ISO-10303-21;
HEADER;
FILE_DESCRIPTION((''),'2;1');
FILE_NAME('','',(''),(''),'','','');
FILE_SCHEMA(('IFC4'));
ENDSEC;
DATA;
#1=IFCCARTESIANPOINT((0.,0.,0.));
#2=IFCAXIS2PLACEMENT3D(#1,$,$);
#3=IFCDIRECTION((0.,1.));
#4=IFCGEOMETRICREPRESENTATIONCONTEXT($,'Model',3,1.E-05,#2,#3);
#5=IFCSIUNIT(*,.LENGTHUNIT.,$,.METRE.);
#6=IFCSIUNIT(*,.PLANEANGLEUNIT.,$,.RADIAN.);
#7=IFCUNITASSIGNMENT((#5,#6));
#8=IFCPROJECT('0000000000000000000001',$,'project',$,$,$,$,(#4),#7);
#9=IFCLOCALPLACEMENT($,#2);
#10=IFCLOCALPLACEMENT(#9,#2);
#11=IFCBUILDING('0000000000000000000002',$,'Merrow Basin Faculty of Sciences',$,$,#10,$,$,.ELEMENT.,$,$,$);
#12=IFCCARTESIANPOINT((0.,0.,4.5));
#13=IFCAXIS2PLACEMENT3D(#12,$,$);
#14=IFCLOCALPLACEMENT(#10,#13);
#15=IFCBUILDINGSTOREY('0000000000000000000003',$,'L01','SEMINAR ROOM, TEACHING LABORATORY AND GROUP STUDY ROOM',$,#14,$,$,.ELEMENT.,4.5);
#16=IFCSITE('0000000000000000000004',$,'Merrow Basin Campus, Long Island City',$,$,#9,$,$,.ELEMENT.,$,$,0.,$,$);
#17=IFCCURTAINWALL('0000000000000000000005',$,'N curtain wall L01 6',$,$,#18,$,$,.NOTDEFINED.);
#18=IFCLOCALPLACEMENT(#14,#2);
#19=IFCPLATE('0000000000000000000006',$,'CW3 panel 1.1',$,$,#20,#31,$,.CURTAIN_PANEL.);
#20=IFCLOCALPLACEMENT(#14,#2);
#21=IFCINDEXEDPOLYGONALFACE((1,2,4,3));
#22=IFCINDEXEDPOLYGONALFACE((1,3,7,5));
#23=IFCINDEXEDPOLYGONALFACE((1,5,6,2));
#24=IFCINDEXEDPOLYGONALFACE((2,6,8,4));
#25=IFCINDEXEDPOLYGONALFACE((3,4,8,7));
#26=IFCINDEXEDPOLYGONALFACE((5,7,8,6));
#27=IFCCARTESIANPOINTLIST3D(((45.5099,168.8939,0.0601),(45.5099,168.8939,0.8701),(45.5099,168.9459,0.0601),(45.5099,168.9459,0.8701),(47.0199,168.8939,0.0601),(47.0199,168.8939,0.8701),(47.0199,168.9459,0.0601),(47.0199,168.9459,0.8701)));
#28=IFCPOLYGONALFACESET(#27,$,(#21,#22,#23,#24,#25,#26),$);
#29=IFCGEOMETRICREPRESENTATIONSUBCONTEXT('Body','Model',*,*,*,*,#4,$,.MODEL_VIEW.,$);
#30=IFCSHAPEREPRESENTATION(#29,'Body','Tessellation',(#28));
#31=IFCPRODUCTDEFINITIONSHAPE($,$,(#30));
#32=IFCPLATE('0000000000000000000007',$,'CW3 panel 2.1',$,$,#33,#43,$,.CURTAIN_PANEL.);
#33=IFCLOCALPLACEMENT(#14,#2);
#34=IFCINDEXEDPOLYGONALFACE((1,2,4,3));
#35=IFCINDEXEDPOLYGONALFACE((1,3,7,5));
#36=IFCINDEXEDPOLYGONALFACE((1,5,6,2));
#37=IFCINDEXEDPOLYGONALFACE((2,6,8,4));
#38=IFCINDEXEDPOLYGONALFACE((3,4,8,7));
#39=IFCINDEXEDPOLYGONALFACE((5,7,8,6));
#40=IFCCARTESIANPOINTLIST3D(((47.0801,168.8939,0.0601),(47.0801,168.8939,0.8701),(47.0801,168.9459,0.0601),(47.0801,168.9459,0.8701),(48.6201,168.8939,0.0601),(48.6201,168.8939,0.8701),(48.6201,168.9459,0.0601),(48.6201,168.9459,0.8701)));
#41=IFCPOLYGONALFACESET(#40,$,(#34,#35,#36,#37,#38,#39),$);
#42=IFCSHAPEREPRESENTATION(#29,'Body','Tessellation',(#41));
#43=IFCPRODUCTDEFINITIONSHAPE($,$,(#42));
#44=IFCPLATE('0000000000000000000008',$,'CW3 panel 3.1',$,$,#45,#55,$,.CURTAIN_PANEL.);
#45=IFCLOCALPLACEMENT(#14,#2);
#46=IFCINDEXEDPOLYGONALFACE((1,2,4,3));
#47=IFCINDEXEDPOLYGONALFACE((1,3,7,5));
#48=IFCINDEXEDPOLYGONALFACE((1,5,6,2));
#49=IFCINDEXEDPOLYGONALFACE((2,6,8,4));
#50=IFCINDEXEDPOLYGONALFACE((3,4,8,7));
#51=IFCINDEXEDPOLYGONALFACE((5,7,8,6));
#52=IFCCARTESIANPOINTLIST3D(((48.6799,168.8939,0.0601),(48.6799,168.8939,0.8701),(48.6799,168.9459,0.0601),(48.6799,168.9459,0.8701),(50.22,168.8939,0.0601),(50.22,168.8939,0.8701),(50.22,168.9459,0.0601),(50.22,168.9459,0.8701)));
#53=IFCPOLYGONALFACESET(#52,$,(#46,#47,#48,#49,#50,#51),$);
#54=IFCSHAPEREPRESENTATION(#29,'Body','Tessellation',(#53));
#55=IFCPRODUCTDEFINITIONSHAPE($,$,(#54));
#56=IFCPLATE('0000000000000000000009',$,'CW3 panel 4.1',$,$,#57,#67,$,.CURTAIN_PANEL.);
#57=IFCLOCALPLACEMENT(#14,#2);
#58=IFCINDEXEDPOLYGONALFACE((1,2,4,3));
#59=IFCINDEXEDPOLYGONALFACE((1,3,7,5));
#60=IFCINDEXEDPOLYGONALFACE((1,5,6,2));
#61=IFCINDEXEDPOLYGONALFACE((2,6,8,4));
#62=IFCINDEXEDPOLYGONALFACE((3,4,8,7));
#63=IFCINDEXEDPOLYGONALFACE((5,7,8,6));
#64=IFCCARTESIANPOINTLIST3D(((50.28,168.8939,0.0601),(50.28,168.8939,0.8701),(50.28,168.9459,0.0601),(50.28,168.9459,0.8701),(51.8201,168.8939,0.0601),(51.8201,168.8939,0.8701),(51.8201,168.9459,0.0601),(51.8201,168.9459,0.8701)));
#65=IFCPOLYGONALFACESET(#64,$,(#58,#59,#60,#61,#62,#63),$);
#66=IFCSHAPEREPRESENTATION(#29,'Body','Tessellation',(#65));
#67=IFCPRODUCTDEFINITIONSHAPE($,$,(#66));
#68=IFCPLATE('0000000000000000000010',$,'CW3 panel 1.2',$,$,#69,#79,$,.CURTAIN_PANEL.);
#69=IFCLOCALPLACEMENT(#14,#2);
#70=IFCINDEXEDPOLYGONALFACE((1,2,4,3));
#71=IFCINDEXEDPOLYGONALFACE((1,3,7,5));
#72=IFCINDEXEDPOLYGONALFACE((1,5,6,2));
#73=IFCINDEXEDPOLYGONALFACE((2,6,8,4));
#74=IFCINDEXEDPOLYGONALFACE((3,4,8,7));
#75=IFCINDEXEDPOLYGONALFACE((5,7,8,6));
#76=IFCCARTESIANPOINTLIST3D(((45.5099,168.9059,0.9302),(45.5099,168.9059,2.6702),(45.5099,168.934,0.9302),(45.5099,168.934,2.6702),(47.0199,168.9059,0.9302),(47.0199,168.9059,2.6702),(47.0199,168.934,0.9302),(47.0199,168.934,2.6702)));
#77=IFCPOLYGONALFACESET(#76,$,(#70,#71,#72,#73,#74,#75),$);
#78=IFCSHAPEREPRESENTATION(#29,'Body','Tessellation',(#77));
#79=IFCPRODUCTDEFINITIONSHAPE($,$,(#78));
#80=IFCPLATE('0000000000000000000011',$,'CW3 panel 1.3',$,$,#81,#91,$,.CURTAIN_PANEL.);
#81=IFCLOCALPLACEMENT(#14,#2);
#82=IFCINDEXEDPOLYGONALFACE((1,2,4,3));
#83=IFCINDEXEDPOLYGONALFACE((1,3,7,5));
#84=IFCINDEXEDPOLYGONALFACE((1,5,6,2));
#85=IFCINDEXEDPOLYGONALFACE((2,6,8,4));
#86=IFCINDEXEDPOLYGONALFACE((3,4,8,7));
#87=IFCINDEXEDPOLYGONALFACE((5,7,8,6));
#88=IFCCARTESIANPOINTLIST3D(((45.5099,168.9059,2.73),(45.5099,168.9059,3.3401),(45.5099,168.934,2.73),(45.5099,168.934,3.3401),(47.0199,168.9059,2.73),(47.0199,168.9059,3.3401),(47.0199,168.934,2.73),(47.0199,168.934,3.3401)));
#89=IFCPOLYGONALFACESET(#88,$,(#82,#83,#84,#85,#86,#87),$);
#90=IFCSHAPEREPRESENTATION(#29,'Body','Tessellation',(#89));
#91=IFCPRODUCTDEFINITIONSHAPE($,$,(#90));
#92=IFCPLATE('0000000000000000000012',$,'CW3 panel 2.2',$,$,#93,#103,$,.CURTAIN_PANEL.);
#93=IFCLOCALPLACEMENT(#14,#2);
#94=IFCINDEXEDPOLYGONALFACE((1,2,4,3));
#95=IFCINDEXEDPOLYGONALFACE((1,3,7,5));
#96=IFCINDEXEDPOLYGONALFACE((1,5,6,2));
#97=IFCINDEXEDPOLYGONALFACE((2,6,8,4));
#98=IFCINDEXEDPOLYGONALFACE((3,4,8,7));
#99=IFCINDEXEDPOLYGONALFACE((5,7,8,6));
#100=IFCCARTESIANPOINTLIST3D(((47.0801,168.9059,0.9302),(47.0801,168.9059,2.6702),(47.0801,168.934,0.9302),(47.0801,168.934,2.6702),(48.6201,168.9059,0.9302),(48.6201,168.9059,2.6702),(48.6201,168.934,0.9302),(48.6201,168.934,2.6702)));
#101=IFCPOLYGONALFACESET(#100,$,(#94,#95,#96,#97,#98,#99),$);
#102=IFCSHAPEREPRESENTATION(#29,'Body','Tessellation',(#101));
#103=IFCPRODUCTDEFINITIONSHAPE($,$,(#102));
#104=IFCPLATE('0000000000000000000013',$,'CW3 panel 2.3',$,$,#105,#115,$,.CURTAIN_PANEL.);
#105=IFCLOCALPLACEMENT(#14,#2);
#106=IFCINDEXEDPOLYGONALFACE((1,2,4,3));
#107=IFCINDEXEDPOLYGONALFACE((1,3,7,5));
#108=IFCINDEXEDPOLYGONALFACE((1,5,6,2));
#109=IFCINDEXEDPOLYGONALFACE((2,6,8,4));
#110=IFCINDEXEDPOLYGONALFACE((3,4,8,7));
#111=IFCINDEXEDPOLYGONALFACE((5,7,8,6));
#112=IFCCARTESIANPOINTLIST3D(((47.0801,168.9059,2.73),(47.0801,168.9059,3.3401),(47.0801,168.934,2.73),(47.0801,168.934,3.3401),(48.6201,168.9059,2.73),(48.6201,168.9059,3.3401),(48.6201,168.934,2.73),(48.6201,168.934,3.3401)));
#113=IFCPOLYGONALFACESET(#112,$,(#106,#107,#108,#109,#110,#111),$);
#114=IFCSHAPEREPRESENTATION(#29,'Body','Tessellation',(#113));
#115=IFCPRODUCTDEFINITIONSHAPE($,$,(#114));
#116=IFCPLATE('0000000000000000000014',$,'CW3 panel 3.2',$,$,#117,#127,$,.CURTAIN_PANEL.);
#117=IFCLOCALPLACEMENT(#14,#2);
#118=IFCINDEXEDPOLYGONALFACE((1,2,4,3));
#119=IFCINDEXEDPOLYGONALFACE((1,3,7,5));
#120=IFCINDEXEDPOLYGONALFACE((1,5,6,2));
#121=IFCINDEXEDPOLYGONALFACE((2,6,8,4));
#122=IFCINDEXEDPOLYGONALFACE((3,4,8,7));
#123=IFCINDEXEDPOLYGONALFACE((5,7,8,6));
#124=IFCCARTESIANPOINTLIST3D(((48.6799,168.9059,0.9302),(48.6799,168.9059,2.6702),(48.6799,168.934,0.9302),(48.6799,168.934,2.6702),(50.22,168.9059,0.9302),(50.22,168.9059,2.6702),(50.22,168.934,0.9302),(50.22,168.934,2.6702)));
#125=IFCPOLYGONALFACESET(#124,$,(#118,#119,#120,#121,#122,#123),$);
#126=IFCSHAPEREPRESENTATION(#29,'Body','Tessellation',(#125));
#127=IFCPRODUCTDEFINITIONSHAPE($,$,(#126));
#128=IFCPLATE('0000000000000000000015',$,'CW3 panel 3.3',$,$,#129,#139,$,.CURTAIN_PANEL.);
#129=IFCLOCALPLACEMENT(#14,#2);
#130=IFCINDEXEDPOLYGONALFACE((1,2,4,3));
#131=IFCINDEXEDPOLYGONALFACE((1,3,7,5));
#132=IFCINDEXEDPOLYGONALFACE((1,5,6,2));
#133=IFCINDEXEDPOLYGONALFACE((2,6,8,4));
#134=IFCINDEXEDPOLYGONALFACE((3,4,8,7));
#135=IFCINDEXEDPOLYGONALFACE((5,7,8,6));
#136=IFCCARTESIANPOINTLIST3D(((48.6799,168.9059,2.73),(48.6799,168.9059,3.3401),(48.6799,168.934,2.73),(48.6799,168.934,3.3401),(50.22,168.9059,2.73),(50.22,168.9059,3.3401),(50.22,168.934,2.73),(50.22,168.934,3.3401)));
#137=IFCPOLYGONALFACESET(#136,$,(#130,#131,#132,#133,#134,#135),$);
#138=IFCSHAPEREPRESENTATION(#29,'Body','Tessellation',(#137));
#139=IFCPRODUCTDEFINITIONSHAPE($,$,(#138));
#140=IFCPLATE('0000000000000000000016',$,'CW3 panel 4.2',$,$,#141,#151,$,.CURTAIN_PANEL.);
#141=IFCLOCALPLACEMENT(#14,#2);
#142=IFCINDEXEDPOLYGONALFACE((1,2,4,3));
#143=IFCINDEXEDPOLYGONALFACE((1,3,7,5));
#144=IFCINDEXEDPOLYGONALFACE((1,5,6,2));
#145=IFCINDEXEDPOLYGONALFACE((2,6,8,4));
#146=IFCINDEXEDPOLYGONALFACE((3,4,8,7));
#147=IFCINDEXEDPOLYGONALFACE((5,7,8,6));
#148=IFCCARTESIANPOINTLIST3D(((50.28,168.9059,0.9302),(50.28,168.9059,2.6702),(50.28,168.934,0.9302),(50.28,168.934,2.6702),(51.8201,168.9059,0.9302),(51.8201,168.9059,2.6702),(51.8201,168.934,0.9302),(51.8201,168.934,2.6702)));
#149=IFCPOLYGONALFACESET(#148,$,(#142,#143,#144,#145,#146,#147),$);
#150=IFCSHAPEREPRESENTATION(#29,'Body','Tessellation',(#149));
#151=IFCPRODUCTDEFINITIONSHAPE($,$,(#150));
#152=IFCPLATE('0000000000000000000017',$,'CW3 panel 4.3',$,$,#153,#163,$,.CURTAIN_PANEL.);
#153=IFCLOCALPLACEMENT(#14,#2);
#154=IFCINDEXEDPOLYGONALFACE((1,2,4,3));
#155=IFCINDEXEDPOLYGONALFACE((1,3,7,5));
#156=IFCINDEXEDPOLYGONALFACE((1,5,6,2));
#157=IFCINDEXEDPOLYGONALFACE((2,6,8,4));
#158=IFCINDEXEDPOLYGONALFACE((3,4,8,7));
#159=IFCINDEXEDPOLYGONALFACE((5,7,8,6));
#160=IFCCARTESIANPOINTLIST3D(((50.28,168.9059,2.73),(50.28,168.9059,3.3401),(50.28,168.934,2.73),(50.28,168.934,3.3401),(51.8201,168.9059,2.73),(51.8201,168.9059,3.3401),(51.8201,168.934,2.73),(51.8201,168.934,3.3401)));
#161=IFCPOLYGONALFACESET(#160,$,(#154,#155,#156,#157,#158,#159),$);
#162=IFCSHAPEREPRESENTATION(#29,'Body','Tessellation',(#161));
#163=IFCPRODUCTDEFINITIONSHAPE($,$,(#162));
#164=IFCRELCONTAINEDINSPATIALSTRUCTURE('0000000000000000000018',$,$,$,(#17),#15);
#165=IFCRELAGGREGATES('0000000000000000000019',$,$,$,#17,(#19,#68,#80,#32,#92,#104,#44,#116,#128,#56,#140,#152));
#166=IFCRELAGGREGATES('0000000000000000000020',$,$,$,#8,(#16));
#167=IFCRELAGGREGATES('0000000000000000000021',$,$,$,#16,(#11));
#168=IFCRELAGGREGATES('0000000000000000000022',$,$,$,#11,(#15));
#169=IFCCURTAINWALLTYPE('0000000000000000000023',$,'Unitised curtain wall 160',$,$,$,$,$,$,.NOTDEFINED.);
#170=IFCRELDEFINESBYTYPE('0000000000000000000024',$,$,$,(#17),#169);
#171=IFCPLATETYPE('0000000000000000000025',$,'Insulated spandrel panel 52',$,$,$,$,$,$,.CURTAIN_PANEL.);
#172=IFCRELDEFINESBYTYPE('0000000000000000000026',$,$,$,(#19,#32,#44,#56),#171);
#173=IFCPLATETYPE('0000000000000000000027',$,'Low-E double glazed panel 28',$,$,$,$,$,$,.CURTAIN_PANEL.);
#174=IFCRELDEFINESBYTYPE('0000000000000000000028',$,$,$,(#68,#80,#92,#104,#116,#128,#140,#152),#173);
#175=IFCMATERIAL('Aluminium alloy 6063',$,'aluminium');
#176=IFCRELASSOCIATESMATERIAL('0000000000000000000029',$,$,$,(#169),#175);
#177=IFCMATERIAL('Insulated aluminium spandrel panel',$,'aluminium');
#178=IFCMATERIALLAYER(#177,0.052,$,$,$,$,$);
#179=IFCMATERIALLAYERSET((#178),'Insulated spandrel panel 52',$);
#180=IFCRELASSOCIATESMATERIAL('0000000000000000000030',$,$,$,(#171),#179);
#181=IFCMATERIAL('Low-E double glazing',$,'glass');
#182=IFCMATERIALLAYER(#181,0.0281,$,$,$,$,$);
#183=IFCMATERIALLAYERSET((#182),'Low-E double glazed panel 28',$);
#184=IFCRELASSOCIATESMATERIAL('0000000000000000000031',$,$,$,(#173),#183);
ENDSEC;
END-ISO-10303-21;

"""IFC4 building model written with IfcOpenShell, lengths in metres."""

from ifc_helpers import new_model, si_unit, direction, frame, origin, origin_2d, place, context, subcontext, project, spatial, rectangle, extrude, material, layer, layer_set, type_object, element, aggregate, save


model = new_model("IFC4")

# Units and contexts
model_context = context("Model", 3, precision=1e-05, world=origin(), true_north=direction((0.0, 1.0)))
body_context = subcontext(model_context, "Body", "Model", "MODEL_VIEW")
ifc_project = project(units=[si_unit("LENGTHUNIT", "METRE"), si_unit("PLANEANGLEUNIT", "RADIAN")], contexts=[model_context])

# Site, building, storey
site_placement = place(None, origin())
site = spatial("IfcSite", under=ifc_project, at=site_placement, Name="Merrow Basin Campus, Long Island City", CompositionType="ELEMENT", RefElevation=0.0)
building_placement = place(site_placement, origin())
building = spatial("IfcBuilding", under=site, at=building_placement, Name="Merrow Basin Faculty of Sciences", CompositionType="ELEMENT")
storey_placement = place(building_placement, frame((0.0, 0.0, 4.5)))
storey = spatial("IfcBuildingStorey", under=building, at=storey_placement, Name="L01", Description="SEMINAR ROOM, TEACHING LABORATORY AND GROUP STUDY ROOM", CompositionType="ELEMENT", Elevation=4.5)

# Curtain wall, plates
ifc_material_1 = material(Name="Aluminium alloy 6063", Category="aluminium")
curtain_wall_type = type_object("IfcCurtainWallType", Name="Unitised curtain wall 160", PredefinedType="NOTDEFINED", material=ifc_material_1)
curtain_wall_placement = place(storey_placement, origin())
curtain_wall = element("IfcCurtainWall", 1, at=curtain_wall_placement, inside=storey, type_object=curtain_wall_type, Name="N curtain wall L01 6", PredefinedType="NOTDEFINED")
ifc_material_2 = material(Name="Insulated aluminium spandrel panel", Category="aluminium")
ifc_layer_1 = layer(ifc_material_2, 0.052)
ifc_layer_set_1 = layer_set([ifc_layer_1], Name="Insulated spandrel panel 52")
plate_type_1 = type_object("IfcPlateType", Name="Insulated spandrel panel 52", PredefinedType="CURTAIN_PANEL", material=ifc_layer_set_1)
plate_1_placement = place(storey_placement, frame((46.2649, 168.9199, 0.0601), z_axis=(0.0, 0.0, 1.0), x_axis=(1.0, 0.0, 0.0)))
plate_1 = element("IfcPlate", 2, at=plate_1_placement, type_object=plate_type_1, Name="CW3 panel 1.1", PredefinedType="CURTAIN_PANEL", context=body_context, shape_type="SweptSolid", body=[
    extrude(rectangle(XDim=1.51, YDim=0.052, at=origin_2d()), origin(), (0.0, 0.0, 1.0), 0.8101),
])
plate_2_placement = place(storey_placement, frame((47.8501, 168.9199, 0.0601), z_axis=(0.0, 0.0, 1.0), x_axis=(1.0, 0.0, 0.0)))
plate_2 = element("IfcPlate", 3, at=plate_2_placement, type_object=plate_type_1, Name="CW3 panel 2.1", PredefinedType="CURTAIN_PANEL", context=body_context, shape_type="SweptSolid", body=[
    extrude(rectangle(XDim=1.54, YDim=0.052, at=origin_2d()), origin(), (0.0, 0.0, 1.0), 0.8101),
])
plate_3_placement = place(storey_placement, frame((49.45, 168.9199, 0.0601), z_axis=(0.0, 0.0, 1.0), x_axis=(1.0, 0.0, 0.0)))
plate_3 = element("IfcPlate", 4, at=plate_3_placement, type_object=plate_type_1, Name="CW3 panel 3.1", PredefinedType="CURTAIN_PANEL", context=body_context, shape_type="SweptSolid", body=[
    extrude(rectangle(XDim=1.54, YDim=0.052, at=origin_2d()), origin(), (0.0, 0.0, 1.0), 0.8101),
])
plate_4_placement = place(storey_placement, frame((51.05, 168.9199, 0.0601), z_axis=(0.0, 0.0, 1.0), x_axis=(1.0, 0.0, 0.0)))
plate_4 = element("IfcPlate", 5, at=plate_4_placement, type_object=plate_type_1, Name="CW3 panel 4.1", PredefinedType="CURTAIN_PANEL", context=body_context, shape_type="SweptSolid", body=[
    extrude(rectangle(XDim=1.54, YDim=0.052, at=origin_2d()), origin(), (0.0, 0.0, 1.0), 0.8101),
])
ifc_material_3 = material(Name="Low-E double glazing", Category="glass")
ifc_layer_2 = layer(ifc_material_3, 0.0281)
ifc_layer_set_2 = layer_set([ifc_layer_2], Name="Low-E double glazed panel 28")
plate_type_2 = type_object("IfcPlateType", Name="Low-E double glazed panel 28", PredefinedType="CURTAIN_PANEL", material=ifc_layer_set_2)
plate_5_placement = place(storey_placement, frame((46.2649, 168.9199, 0.9302), z_axis=(0.0, 0.0, 1.0), x_axis=(1.0, 0.0, 0.0)))
plate_5 = element("IfcPlate", 6, at=plate_5_placement, type_object=plate_type_2, Name="CW3 panel 1.2", PredefinedType="CURTAIN_PANEL", context=body_context, shape_type="SweptSolid", body=[
    extrude(rectangle(XDim=1.51, YDim=0.0281, at=origin_2d()), origin(), (0.0, 0.0, 1.0), 1.74),
])
plate_6_placement = place(storey_placement, frame((46.2649, 168.9199, 2.73), z_axis=(0.0, 0.0, 1.0), x_axis=(1.0, 0.0, 0.0)))
plate_6 = element("IfcPlate", 7, at=plate_6_placement, type_object=plate_type_2, Name="CW3 panel 1.3", PredefinedType="CURTAIN_PANEL", context=body_context, shape_type="SweptSolid", body=[
    extrude(rectangle(XDim=1.51, YDim=0.0281, at=origin_2d()), origin(), (0.0, 0.0, 1.0), 0.6101),
])
plate_7_placement = place(storey_placement, frame((47.8501, 168.9199, 0.9302), z_axis=(0.0, 0.0, 1.0), x_axis=(1.0, 0.0, 0.0)))
plate_7 = element("IfcPlate", 8, at=plate_7_placement, type_object=plate_type_2, Name="CW3 panel 2.2", PredefinedType="CURTAIN_PANEL", context=body_context, shape_type="SweptSolid", body=[
    extrude(rectangle(XDim=1.54, YDim=0.0281, at=origin_2d()), origin(), (0.0, 0.0, 1.0), 1.74),
])
plate_8_placement = place(storey_placement, frame((47.8501, 168.9199, 2.73), z_axis=(0.0, 0.0, 1.0), x_axis=(1.0, 0.0, 0.0)))
plate_8 = element("IfcPlate", 9, at=plate_8_placement, type_object=plate_type_2, Name="CW3 panel 2.3", PredefinedType="CURTAIN_PANEL", context=body_context, shape_type="SweptSolid", body=[
    extrude(rectangle(XDim=1.54, YDim=0.0281, at=origin_2d()), origin(), (0.0, 0.0, 1.0), 0.6101),
])
plate_9_placement = place(storey_placement, frame((49.45, 168.9199, 0.9302), z_axis=(0.0, 0.0, 1.0), x_axis=(1.0, 0.0, 0.0)))
plate_9 = element("IfcPlate", 10, at=plate_9_placement, type_object=plate_type_2, Name="CW3 panel 3.2", PredefinedType="CURTAIN_PANEL", context=body_context, shape_type="SweptSolid", body=[
    extrude(rectangle(XDim=1.54, YDim=0.0281, at=origin_2d()), origin(), (0.0, 0.0, 1.0), 1.74),
])
plate_10_placement = place(storey_placement, frame((49.45, 168.9199, 2.73), z_axis=(0.0, 0.0, 1.0), x_axis=(1.0, 0.0, 0.0)))
plate_10 = element("IfcPlate", 11, at=plate_10_placement, type_object=plate_type_2, Name="CW3 panel 3.3", PredefinedType="CURTAIN_PANEL", context=body_context, shape_type="SweptSolid", body=[
    extrude(rectangle(XDim=1.54, YDim=0.0281, at=origin_2d()), origin(), (0.0, 0.0, 1.0), 0.6101),
])
plate_11_placement = place(storey_placement, frame((51.05, 168.9199, 0.9302), z_axis=(0.0, 0.0, 1.0), x_axis=(1.0, 0.0, 0.0)))
plate_11 = element("IfcPlate", 12, at=plate_11_placement, type_object=plate_type_2, Name="CW3 panel 4.2", PredefinedType="CURTAIN_PANEL", context=body_context, shape_type="SweptSolid", body=[
    extrude(rectangle(XDim=1.54, YDim=0.0281, at=origin_2d()), origin(), (0.0, 0.0, 1.0), 1.74),
])
plate_12_placement = place(storey_placement, frame((51.05, 168.9199, 2.73), z_axis=(0.0, 0.0, 1.0), x_axis=(1.0, 0.0, 0.0)))
plate_12 = element("IfcPlate", 13, at=plate_12_placement, type_object=plate_type_2, Name="CW3 panel 4.3", PredefinedType="CURTAIN_PANEL", context=body_context, shape_type="SweptSolid", body=[
    extrude(rectangle(XDim=1.54, YDim=0.0281, at=origin_2d()), origin(), (0.0, 0.0, 1.0), 0.6101),
])
aggregate(curtain_wall, [plate_1, plate_5, plate_6, plate_2, plate_7, plate_8, plate_3, plate_9, plate_10, plate_4, plate_11, plate_12])

save(model, "model.ifc")
